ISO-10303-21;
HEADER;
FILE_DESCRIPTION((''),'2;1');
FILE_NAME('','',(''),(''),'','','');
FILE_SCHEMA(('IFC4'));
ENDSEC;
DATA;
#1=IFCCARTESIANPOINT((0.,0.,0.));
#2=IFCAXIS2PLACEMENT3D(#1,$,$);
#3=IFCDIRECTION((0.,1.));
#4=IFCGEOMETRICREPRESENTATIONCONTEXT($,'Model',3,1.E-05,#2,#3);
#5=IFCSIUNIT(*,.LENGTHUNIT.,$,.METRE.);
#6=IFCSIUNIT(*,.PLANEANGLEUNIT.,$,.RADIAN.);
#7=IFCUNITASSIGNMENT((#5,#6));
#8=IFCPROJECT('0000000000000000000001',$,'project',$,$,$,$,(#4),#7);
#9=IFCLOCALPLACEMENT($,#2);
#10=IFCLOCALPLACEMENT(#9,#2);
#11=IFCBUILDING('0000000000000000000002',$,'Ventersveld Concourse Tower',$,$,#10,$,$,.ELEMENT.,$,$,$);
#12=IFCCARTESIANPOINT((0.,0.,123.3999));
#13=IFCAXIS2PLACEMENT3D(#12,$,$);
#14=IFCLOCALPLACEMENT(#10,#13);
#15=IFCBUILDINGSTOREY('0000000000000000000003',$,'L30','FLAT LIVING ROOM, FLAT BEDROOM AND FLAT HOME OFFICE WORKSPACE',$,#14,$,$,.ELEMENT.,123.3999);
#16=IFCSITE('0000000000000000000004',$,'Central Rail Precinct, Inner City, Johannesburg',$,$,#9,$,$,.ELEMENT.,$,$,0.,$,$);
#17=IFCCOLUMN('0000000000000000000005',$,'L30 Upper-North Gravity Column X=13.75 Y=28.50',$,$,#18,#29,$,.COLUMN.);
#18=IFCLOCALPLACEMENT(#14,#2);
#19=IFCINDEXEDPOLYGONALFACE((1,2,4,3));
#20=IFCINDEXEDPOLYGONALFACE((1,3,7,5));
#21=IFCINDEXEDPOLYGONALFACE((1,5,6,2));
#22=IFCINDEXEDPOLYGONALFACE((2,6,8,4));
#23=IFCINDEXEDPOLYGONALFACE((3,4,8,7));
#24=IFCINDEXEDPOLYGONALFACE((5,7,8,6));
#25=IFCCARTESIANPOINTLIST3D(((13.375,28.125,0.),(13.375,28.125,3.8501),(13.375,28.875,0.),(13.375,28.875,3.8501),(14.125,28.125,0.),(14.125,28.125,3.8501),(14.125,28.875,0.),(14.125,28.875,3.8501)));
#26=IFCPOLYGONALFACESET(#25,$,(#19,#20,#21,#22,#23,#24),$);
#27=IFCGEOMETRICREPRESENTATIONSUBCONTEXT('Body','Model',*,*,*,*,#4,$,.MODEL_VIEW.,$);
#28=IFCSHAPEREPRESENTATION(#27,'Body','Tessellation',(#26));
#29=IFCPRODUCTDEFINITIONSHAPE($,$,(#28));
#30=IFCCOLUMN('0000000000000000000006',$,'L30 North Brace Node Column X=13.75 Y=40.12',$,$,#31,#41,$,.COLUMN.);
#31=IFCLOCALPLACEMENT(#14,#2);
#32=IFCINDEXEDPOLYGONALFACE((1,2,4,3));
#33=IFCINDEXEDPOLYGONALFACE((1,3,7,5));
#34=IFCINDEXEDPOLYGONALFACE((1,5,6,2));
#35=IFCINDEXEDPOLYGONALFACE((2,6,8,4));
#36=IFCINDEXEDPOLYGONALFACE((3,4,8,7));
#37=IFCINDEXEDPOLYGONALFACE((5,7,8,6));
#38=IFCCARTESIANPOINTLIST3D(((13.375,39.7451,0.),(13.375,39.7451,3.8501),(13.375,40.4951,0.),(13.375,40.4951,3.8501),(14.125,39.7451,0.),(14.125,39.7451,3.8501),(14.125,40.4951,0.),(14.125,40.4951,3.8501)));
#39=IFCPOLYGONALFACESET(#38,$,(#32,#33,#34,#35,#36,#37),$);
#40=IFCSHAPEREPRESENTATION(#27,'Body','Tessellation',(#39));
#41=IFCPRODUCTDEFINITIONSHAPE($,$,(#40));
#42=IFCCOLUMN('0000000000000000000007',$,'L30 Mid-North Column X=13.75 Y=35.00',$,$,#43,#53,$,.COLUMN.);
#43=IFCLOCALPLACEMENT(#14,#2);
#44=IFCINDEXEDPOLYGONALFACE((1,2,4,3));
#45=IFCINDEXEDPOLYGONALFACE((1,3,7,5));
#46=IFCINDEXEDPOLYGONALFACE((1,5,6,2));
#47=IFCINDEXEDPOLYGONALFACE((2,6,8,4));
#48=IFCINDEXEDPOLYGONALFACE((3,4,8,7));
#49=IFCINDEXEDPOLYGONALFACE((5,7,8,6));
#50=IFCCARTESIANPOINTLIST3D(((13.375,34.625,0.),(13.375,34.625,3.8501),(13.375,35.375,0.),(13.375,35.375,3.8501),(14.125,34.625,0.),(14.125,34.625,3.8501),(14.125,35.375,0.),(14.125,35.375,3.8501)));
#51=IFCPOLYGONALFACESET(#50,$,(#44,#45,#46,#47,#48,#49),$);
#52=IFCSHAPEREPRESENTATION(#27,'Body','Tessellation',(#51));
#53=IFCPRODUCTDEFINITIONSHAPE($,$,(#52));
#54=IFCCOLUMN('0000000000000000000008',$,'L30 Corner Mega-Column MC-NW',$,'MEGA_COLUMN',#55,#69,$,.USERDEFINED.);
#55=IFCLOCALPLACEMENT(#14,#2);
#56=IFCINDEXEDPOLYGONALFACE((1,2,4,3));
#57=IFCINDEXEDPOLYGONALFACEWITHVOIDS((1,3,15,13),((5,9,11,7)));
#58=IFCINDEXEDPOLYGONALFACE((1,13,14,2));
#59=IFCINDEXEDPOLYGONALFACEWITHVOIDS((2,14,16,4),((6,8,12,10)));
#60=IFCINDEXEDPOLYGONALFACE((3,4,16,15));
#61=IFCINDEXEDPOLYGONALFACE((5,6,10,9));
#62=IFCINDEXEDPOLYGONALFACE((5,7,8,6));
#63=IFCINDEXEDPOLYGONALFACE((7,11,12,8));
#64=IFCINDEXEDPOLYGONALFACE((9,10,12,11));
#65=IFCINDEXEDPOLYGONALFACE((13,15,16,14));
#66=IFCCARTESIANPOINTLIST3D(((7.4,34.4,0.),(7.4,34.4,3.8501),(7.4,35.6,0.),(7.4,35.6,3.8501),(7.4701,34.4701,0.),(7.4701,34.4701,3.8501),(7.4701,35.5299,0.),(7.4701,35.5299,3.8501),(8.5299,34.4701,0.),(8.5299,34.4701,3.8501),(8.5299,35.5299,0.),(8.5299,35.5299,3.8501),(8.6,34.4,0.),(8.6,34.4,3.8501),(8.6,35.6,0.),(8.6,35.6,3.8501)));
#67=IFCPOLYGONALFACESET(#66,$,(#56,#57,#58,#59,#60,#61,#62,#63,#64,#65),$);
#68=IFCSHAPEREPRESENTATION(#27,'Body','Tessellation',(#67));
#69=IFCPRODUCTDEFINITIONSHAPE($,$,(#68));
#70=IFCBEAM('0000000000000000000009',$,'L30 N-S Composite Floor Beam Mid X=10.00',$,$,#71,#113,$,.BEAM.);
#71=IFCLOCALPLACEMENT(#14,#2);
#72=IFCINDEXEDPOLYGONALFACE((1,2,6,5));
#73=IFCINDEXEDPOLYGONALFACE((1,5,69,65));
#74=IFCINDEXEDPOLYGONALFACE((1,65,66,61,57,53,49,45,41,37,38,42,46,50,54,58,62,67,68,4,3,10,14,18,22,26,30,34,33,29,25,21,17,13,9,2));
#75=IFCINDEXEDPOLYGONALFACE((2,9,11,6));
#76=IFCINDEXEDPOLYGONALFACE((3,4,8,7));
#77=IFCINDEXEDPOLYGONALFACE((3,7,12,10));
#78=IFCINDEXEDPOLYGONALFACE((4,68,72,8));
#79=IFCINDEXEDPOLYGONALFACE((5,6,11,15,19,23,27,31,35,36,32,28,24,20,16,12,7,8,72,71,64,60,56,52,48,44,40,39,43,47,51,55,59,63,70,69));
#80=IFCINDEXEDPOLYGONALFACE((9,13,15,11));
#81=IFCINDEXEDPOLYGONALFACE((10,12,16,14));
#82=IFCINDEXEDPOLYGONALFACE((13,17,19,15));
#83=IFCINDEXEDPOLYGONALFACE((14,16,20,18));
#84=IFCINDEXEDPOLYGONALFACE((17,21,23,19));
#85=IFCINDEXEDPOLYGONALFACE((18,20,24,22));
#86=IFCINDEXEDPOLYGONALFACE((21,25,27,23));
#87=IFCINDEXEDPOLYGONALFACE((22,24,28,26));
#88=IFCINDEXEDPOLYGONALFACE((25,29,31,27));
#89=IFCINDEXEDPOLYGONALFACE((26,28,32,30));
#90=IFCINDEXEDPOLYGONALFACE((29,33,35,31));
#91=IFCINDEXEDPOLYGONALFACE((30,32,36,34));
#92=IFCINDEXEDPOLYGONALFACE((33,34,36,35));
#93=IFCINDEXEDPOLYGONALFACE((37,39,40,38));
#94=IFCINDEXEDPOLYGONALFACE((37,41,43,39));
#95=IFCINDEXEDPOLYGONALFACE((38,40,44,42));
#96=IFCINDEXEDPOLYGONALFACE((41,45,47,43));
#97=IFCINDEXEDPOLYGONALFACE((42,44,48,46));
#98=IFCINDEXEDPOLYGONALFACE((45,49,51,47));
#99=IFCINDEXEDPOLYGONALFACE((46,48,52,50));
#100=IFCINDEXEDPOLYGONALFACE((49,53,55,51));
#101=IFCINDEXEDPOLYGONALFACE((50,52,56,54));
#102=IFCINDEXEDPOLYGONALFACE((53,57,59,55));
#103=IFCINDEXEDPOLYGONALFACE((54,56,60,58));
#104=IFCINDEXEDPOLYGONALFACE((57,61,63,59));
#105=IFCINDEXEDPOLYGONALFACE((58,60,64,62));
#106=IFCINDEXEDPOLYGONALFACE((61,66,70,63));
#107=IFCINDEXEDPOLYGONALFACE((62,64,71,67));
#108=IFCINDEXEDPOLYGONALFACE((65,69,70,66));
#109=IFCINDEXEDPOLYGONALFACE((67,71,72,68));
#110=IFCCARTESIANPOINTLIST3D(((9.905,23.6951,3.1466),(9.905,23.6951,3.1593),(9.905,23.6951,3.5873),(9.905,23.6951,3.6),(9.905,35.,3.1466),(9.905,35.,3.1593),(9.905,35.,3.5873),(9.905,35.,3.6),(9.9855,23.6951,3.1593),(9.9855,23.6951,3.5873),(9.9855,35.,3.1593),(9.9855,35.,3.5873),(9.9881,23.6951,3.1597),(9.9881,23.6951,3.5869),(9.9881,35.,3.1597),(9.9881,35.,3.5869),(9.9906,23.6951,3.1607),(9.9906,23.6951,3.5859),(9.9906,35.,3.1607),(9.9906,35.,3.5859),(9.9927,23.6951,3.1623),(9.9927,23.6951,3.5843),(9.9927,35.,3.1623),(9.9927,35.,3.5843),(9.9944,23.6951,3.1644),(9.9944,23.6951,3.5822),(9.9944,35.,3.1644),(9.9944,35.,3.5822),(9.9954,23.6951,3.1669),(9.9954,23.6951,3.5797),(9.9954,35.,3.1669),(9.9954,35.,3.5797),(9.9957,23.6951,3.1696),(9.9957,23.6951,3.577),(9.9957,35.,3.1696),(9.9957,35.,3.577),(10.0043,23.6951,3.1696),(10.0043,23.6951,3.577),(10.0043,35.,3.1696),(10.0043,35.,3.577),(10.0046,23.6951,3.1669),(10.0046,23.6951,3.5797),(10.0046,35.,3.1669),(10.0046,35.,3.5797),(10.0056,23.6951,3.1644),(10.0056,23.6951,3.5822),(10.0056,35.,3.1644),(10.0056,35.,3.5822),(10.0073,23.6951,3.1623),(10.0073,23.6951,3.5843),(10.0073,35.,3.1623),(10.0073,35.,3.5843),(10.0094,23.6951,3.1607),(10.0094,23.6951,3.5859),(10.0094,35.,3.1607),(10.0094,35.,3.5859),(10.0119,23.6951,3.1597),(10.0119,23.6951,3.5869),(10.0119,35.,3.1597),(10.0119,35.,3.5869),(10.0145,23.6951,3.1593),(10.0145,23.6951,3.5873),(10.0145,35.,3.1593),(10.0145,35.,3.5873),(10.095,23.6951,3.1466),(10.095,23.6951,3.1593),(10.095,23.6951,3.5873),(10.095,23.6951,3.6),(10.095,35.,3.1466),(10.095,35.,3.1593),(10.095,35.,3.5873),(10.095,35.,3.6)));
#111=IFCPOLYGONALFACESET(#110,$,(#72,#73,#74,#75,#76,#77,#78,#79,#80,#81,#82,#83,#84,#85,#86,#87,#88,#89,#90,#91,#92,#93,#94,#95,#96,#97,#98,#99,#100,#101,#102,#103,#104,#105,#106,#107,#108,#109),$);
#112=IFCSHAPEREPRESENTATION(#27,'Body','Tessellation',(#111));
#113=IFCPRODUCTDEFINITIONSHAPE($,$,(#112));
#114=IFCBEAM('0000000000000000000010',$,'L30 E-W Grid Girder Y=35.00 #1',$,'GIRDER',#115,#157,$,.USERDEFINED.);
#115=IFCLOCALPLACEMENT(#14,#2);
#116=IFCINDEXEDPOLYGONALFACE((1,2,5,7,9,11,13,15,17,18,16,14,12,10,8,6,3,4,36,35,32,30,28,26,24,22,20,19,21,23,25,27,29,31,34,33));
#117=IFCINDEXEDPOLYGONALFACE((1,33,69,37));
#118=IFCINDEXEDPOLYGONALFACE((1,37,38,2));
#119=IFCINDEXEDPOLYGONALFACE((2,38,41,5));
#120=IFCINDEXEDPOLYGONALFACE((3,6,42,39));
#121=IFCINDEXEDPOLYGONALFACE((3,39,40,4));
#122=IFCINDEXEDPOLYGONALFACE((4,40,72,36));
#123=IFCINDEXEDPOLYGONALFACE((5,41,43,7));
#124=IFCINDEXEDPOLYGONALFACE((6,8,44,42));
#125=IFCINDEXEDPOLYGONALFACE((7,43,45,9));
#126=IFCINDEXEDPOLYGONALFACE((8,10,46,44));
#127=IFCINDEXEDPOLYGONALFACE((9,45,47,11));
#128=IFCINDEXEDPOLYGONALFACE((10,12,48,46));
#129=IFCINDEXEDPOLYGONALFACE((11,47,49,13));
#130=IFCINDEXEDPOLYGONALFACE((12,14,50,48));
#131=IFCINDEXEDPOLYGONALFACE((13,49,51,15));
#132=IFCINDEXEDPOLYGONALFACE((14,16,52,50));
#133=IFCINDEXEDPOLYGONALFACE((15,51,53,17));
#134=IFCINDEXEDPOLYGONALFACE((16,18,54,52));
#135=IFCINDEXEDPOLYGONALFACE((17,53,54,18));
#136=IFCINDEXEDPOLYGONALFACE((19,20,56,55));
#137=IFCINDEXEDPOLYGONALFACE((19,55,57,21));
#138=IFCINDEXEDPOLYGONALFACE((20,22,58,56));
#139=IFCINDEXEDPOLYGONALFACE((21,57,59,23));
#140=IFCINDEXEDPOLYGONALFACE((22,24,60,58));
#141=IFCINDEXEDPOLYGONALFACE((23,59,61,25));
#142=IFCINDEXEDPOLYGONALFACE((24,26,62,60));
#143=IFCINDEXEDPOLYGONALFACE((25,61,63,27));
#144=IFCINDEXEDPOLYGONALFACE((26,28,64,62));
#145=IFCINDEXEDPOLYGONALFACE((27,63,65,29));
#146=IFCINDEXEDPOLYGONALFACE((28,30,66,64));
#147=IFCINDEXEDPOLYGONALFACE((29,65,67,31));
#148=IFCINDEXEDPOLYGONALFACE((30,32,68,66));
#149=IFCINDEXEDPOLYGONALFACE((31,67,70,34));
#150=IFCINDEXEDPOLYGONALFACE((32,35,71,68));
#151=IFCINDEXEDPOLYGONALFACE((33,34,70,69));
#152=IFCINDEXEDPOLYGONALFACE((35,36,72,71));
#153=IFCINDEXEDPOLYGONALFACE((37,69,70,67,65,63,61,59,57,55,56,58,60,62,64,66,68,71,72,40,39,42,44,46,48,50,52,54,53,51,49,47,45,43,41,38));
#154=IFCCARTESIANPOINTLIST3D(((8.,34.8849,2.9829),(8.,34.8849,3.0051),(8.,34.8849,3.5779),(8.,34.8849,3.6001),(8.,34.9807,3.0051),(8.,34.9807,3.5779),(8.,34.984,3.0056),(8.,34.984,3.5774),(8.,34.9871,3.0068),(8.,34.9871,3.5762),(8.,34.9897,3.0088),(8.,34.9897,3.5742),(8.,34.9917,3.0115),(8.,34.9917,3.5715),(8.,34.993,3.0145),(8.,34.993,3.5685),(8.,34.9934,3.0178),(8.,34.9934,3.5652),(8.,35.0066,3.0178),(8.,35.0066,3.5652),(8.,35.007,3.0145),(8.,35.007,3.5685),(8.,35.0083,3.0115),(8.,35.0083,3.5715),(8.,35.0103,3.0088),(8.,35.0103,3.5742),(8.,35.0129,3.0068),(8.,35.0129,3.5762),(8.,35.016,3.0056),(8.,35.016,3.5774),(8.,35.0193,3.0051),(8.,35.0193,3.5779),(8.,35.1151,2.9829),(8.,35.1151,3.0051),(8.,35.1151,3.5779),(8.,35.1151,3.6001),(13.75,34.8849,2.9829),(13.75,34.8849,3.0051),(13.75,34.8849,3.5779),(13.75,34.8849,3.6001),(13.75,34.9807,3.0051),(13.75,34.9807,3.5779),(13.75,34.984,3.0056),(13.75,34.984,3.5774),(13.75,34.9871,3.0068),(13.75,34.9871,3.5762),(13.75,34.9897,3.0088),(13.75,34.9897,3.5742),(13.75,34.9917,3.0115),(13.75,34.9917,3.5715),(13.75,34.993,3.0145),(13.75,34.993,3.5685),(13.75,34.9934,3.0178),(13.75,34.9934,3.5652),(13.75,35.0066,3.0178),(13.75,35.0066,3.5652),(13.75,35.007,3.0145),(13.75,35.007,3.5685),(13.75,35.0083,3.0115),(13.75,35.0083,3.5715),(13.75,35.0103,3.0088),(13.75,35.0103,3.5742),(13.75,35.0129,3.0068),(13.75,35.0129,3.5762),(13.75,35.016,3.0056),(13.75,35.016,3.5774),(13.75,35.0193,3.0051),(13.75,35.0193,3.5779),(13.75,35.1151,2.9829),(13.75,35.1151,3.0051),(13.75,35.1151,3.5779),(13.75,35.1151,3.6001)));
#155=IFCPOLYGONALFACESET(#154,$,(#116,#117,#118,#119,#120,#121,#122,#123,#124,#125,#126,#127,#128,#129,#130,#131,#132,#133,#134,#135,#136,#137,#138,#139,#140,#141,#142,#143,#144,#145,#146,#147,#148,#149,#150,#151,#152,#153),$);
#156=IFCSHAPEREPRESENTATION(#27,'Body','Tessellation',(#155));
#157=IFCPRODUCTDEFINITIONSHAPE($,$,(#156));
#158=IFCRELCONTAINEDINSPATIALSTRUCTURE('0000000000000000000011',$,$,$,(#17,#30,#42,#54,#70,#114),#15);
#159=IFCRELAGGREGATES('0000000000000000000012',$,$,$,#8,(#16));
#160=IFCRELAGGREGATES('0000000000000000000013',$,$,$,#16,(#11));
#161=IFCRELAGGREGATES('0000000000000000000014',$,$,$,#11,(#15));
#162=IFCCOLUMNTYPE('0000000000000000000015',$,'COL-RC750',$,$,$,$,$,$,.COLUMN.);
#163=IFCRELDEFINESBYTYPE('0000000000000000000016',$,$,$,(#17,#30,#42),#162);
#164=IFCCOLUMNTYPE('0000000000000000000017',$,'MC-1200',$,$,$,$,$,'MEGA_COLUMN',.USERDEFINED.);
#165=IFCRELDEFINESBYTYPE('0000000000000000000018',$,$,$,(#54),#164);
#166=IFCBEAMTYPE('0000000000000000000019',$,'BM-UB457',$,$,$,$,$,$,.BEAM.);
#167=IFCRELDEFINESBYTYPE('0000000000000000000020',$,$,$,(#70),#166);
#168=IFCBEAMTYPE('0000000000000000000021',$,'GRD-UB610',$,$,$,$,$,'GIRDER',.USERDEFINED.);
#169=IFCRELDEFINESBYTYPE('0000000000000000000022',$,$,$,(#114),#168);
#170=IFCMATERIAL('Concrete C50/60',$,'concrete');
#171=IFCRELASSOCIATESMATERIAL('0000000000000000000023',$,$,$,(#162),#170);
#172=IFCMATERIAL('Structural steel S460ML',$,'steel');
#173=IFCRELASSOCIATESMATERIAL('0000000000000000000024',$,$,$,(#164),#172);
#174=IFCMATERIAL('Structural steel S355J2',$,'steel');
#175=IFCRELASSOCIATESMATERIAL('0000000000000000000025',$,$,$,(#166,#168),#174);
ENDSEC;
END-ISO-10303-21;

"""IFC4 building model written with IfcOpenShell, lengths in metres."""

from ifc_helpers import new_model, si_unit, direction, frame, origin, origin_2d, place, context, subcontext, project, spatial, rectangle, hollow_rectangle, i_section, extrude, material, material_profile, profile_set, type_object, element, save


model = new_model("IFC4")

# Units and contexts
model_context = context("Model", 3, precision=1e-05, world=origin(), true_north=direction((0.0, 1.0)))
body_context = subcontext(model_context, "Body", "Model", "MODEL_VIEW")
ifc_project = project(units=[si_unit("LENGTHUNIT", "METRE"), si_unit("PLANEANGLEUNIT", "RADIAN")], contexts=[model_context])

# Site, building, storey
site_placement = place(None, origin())
site = spatial("IfcSite", under=ifc_project, at=site_placement, Name="Central Rail Precinct, Inner City, Johannesburg", CompositionType="ELEMENT", RefElevation=0.0)
building_placement = place(site_placement, origin())
building = spatial("IfcBuilding", under=site, at=building_placement, Name="Ventersveld Concourse Tower", CompositionType="ELEMENT")
storey_placement = place(building_placement, frame((0.0, 0.0, 123.3999)))
storey = spatial("IfcBuildingStorey", under=building, at=storey_placement, Name="L30", Description="FLAT LIVING ROOM, FLAT BEDROOM AND FLAT HOME OFFICE WORKSPACE", CompositionType="ELEMENT", Elevation=123.3999)

# Columns
ifc_material_1 = material(Name="Concrete C50/60", Category="concrete")
ifc_material_profile_1 = material_profile(ifc_material_1, rectangle(XDim=0.75, YDim=0.75, at=origin_2d()), Name="RC 750x750")
ifc_profile_set_1 = profile_set([ifc_material_profile_1], Name="Concrete C50/60")
column_type_1 = type_object("IfcColumnType", Name="COL-RC750", PredefinedType="COLUMN", material=ifc_profile_set_1)
for number, where, z_axis, x_axis, name in (
    (1, (13.75, 28.5, 0.0), (0.0, 0.0, 1.0), (1.0, 0.0, 0.0), "L30 Upper-North Gravity Column X=13.75 Y=28.50"),
    (2, (13.75, 40.1201, 0.0), (0.0, 0.0, 1.0), (1.0, 0.0, 0.0), "L30 North Brace Node Column X=13.75 Y=40.12"),
    (3, (13.75, 35.0, 0.0), (0.0, 0.0, 1.0), (1.0, 0.0, 0.0), "L30 Mid-North Column X=13.75 Y=35.00"),
):
    element("IfcColumn", number, at=place(storey_placement, frame(where, z_axis=z_axis, x_axis=x_axis)), inside=storey, type_object=column_type_1, Name=name, PredefinedType="COLUMN", context=body_context, shape_type="SweptSolid", body=[
        extrude(rectangle(XDim=0.75, YDim=0.75, at=origin_2d()), origin(), (0.0, 0.0, 1.0), 3.8501),
    ])
ifc_material_2 = material(Name="Structural steel S460ML", Category="steel")
ifc_material_profile_2 = material_profile(ifc_material_2, hollow_rectangle(XDim=1.2, YDim=1.2, WallThickness=0.0701, at=origin_2d()), Name="BOX 1200x1200x70")
ifc_profile_set_2 = profile_set([ifc_material_profile_2], Name="Structural steel S460ML")
column_type_2 = type_object("IfcColumnType", Name="MC-1200", ElementType="MEGA_COLUMN", PredefinedType="USERDEFINED", material=ifc_profile_set_2)
column_placement = place(storey_placement, frame((8.0, 35.0, 0.0), z_axis=(0.0, 0.0, 1.0), x_axis=(1.0, 0.0, 0.0)))
element("IfcColumn", 4, at=column_placement, inside=storey, type_object=column_type_2, Name="L30 Corner Mega-Column MC-NW", ObjectType="MEGA_COLUMN", PredefinedType="USERDEFINED", context=body_context, shape_type="SweptSolid", body=[
    extrude(hollow_rectangle(XDim=1.2, YDim=1.2, WallThickness=0.0701, at=origin_2d()), origin(), (0.0, 0.0, 1.0), 3.8501),
])

# Beams
ifc_material_3 = material(Name="Structural steel S355J2", Category="steel")
ifc_material_profile_3 = material_profile(ifc_material_3, i_section(OverallWidth=0.1899, OverallDepth=0.4534, WebThickness=0.0085, FlangeThickness=0.0127, FilletRadius=0.0103, at=origin_2d()), Name="UB 457x191x67")
ifc_profile_set_3 = profile_set([ifc_material_profile_3], Name="Structural steel S355J2")
beam_type_1 = type_object("IfcBeamType", Name="BM-UB457", PredefinedType="BEAM", material=ifc_profile_set_3)
beam_1_placement = place(storey_placement, frame((10.0, 23.6951, 3.3733), z_axis=(0.0, 1.0, 0.0), x_axis=(-1.0, 0.0, 0.0)))
element("IfcBeam", 5, at=beam_1_placement, inside=storey, type_object=beam_type_1, Name="L30 N-S Composite Floor Beam Mid X=10.00", PredefinedType="BEAM", context=body_context, shape_type="SweptSolid", body=[
    extrude(i_section(OverallWidth=0.1899, OverallDepth=0.4534, WebThickness=0.0085, FlangeThickness=0.0127, FilletRadius=0.0103, at=origin_2d()), origin(), (0.0, 0.0, 1.0), 11.3049),
])
ifc_material_profile_4 = material_profile(ifc_material_3, i_section(OverallWidth=0.2302, OverallDepth=0.6172, WebThickness=0.0132, FlangeThickness=0.0222, FilletRadius=0.0127, at=origin_2d()), Name="UB 610x229x140")
ifc_profile_set_4 = profile_set([ifc_material_profile_4], Name="Structural steel S355J2")
beam_type_2 = type_object("IfcBeamType", Name="GRD-UB610", ElementType="GIRDER", PredefinedType="USERDEFINED", material=ifc_profile_set_4)
beam_2_placement = place(storey_placement, frame((8.0, 35.0, 3.2915), z_axis=(1.0, 0.0, 0.0), x_axis=(0.0, 1.0, 0.0)))
element("IfcBeam", 6, at=beam_2_placement, inside=storey, type_object=beam_type_2, Name="L30 E-W Grid Girder Y=35.00 #1", ObjectType="GIRDER", PredefinedType="USERDEFINED", context=body_context, shape_type="SweptSolid", body=[
    extrude(i_section(OverallWidth=0.2302, OverallDepth=0.6172, WebThickness=0.0132, FlangeThickness=0.0222, FilletRadius=0.0127, at=origin_2d()), origin(), (0.0, 0.0, 1.0), 5.75),
])

save(model, "model.ifc")
